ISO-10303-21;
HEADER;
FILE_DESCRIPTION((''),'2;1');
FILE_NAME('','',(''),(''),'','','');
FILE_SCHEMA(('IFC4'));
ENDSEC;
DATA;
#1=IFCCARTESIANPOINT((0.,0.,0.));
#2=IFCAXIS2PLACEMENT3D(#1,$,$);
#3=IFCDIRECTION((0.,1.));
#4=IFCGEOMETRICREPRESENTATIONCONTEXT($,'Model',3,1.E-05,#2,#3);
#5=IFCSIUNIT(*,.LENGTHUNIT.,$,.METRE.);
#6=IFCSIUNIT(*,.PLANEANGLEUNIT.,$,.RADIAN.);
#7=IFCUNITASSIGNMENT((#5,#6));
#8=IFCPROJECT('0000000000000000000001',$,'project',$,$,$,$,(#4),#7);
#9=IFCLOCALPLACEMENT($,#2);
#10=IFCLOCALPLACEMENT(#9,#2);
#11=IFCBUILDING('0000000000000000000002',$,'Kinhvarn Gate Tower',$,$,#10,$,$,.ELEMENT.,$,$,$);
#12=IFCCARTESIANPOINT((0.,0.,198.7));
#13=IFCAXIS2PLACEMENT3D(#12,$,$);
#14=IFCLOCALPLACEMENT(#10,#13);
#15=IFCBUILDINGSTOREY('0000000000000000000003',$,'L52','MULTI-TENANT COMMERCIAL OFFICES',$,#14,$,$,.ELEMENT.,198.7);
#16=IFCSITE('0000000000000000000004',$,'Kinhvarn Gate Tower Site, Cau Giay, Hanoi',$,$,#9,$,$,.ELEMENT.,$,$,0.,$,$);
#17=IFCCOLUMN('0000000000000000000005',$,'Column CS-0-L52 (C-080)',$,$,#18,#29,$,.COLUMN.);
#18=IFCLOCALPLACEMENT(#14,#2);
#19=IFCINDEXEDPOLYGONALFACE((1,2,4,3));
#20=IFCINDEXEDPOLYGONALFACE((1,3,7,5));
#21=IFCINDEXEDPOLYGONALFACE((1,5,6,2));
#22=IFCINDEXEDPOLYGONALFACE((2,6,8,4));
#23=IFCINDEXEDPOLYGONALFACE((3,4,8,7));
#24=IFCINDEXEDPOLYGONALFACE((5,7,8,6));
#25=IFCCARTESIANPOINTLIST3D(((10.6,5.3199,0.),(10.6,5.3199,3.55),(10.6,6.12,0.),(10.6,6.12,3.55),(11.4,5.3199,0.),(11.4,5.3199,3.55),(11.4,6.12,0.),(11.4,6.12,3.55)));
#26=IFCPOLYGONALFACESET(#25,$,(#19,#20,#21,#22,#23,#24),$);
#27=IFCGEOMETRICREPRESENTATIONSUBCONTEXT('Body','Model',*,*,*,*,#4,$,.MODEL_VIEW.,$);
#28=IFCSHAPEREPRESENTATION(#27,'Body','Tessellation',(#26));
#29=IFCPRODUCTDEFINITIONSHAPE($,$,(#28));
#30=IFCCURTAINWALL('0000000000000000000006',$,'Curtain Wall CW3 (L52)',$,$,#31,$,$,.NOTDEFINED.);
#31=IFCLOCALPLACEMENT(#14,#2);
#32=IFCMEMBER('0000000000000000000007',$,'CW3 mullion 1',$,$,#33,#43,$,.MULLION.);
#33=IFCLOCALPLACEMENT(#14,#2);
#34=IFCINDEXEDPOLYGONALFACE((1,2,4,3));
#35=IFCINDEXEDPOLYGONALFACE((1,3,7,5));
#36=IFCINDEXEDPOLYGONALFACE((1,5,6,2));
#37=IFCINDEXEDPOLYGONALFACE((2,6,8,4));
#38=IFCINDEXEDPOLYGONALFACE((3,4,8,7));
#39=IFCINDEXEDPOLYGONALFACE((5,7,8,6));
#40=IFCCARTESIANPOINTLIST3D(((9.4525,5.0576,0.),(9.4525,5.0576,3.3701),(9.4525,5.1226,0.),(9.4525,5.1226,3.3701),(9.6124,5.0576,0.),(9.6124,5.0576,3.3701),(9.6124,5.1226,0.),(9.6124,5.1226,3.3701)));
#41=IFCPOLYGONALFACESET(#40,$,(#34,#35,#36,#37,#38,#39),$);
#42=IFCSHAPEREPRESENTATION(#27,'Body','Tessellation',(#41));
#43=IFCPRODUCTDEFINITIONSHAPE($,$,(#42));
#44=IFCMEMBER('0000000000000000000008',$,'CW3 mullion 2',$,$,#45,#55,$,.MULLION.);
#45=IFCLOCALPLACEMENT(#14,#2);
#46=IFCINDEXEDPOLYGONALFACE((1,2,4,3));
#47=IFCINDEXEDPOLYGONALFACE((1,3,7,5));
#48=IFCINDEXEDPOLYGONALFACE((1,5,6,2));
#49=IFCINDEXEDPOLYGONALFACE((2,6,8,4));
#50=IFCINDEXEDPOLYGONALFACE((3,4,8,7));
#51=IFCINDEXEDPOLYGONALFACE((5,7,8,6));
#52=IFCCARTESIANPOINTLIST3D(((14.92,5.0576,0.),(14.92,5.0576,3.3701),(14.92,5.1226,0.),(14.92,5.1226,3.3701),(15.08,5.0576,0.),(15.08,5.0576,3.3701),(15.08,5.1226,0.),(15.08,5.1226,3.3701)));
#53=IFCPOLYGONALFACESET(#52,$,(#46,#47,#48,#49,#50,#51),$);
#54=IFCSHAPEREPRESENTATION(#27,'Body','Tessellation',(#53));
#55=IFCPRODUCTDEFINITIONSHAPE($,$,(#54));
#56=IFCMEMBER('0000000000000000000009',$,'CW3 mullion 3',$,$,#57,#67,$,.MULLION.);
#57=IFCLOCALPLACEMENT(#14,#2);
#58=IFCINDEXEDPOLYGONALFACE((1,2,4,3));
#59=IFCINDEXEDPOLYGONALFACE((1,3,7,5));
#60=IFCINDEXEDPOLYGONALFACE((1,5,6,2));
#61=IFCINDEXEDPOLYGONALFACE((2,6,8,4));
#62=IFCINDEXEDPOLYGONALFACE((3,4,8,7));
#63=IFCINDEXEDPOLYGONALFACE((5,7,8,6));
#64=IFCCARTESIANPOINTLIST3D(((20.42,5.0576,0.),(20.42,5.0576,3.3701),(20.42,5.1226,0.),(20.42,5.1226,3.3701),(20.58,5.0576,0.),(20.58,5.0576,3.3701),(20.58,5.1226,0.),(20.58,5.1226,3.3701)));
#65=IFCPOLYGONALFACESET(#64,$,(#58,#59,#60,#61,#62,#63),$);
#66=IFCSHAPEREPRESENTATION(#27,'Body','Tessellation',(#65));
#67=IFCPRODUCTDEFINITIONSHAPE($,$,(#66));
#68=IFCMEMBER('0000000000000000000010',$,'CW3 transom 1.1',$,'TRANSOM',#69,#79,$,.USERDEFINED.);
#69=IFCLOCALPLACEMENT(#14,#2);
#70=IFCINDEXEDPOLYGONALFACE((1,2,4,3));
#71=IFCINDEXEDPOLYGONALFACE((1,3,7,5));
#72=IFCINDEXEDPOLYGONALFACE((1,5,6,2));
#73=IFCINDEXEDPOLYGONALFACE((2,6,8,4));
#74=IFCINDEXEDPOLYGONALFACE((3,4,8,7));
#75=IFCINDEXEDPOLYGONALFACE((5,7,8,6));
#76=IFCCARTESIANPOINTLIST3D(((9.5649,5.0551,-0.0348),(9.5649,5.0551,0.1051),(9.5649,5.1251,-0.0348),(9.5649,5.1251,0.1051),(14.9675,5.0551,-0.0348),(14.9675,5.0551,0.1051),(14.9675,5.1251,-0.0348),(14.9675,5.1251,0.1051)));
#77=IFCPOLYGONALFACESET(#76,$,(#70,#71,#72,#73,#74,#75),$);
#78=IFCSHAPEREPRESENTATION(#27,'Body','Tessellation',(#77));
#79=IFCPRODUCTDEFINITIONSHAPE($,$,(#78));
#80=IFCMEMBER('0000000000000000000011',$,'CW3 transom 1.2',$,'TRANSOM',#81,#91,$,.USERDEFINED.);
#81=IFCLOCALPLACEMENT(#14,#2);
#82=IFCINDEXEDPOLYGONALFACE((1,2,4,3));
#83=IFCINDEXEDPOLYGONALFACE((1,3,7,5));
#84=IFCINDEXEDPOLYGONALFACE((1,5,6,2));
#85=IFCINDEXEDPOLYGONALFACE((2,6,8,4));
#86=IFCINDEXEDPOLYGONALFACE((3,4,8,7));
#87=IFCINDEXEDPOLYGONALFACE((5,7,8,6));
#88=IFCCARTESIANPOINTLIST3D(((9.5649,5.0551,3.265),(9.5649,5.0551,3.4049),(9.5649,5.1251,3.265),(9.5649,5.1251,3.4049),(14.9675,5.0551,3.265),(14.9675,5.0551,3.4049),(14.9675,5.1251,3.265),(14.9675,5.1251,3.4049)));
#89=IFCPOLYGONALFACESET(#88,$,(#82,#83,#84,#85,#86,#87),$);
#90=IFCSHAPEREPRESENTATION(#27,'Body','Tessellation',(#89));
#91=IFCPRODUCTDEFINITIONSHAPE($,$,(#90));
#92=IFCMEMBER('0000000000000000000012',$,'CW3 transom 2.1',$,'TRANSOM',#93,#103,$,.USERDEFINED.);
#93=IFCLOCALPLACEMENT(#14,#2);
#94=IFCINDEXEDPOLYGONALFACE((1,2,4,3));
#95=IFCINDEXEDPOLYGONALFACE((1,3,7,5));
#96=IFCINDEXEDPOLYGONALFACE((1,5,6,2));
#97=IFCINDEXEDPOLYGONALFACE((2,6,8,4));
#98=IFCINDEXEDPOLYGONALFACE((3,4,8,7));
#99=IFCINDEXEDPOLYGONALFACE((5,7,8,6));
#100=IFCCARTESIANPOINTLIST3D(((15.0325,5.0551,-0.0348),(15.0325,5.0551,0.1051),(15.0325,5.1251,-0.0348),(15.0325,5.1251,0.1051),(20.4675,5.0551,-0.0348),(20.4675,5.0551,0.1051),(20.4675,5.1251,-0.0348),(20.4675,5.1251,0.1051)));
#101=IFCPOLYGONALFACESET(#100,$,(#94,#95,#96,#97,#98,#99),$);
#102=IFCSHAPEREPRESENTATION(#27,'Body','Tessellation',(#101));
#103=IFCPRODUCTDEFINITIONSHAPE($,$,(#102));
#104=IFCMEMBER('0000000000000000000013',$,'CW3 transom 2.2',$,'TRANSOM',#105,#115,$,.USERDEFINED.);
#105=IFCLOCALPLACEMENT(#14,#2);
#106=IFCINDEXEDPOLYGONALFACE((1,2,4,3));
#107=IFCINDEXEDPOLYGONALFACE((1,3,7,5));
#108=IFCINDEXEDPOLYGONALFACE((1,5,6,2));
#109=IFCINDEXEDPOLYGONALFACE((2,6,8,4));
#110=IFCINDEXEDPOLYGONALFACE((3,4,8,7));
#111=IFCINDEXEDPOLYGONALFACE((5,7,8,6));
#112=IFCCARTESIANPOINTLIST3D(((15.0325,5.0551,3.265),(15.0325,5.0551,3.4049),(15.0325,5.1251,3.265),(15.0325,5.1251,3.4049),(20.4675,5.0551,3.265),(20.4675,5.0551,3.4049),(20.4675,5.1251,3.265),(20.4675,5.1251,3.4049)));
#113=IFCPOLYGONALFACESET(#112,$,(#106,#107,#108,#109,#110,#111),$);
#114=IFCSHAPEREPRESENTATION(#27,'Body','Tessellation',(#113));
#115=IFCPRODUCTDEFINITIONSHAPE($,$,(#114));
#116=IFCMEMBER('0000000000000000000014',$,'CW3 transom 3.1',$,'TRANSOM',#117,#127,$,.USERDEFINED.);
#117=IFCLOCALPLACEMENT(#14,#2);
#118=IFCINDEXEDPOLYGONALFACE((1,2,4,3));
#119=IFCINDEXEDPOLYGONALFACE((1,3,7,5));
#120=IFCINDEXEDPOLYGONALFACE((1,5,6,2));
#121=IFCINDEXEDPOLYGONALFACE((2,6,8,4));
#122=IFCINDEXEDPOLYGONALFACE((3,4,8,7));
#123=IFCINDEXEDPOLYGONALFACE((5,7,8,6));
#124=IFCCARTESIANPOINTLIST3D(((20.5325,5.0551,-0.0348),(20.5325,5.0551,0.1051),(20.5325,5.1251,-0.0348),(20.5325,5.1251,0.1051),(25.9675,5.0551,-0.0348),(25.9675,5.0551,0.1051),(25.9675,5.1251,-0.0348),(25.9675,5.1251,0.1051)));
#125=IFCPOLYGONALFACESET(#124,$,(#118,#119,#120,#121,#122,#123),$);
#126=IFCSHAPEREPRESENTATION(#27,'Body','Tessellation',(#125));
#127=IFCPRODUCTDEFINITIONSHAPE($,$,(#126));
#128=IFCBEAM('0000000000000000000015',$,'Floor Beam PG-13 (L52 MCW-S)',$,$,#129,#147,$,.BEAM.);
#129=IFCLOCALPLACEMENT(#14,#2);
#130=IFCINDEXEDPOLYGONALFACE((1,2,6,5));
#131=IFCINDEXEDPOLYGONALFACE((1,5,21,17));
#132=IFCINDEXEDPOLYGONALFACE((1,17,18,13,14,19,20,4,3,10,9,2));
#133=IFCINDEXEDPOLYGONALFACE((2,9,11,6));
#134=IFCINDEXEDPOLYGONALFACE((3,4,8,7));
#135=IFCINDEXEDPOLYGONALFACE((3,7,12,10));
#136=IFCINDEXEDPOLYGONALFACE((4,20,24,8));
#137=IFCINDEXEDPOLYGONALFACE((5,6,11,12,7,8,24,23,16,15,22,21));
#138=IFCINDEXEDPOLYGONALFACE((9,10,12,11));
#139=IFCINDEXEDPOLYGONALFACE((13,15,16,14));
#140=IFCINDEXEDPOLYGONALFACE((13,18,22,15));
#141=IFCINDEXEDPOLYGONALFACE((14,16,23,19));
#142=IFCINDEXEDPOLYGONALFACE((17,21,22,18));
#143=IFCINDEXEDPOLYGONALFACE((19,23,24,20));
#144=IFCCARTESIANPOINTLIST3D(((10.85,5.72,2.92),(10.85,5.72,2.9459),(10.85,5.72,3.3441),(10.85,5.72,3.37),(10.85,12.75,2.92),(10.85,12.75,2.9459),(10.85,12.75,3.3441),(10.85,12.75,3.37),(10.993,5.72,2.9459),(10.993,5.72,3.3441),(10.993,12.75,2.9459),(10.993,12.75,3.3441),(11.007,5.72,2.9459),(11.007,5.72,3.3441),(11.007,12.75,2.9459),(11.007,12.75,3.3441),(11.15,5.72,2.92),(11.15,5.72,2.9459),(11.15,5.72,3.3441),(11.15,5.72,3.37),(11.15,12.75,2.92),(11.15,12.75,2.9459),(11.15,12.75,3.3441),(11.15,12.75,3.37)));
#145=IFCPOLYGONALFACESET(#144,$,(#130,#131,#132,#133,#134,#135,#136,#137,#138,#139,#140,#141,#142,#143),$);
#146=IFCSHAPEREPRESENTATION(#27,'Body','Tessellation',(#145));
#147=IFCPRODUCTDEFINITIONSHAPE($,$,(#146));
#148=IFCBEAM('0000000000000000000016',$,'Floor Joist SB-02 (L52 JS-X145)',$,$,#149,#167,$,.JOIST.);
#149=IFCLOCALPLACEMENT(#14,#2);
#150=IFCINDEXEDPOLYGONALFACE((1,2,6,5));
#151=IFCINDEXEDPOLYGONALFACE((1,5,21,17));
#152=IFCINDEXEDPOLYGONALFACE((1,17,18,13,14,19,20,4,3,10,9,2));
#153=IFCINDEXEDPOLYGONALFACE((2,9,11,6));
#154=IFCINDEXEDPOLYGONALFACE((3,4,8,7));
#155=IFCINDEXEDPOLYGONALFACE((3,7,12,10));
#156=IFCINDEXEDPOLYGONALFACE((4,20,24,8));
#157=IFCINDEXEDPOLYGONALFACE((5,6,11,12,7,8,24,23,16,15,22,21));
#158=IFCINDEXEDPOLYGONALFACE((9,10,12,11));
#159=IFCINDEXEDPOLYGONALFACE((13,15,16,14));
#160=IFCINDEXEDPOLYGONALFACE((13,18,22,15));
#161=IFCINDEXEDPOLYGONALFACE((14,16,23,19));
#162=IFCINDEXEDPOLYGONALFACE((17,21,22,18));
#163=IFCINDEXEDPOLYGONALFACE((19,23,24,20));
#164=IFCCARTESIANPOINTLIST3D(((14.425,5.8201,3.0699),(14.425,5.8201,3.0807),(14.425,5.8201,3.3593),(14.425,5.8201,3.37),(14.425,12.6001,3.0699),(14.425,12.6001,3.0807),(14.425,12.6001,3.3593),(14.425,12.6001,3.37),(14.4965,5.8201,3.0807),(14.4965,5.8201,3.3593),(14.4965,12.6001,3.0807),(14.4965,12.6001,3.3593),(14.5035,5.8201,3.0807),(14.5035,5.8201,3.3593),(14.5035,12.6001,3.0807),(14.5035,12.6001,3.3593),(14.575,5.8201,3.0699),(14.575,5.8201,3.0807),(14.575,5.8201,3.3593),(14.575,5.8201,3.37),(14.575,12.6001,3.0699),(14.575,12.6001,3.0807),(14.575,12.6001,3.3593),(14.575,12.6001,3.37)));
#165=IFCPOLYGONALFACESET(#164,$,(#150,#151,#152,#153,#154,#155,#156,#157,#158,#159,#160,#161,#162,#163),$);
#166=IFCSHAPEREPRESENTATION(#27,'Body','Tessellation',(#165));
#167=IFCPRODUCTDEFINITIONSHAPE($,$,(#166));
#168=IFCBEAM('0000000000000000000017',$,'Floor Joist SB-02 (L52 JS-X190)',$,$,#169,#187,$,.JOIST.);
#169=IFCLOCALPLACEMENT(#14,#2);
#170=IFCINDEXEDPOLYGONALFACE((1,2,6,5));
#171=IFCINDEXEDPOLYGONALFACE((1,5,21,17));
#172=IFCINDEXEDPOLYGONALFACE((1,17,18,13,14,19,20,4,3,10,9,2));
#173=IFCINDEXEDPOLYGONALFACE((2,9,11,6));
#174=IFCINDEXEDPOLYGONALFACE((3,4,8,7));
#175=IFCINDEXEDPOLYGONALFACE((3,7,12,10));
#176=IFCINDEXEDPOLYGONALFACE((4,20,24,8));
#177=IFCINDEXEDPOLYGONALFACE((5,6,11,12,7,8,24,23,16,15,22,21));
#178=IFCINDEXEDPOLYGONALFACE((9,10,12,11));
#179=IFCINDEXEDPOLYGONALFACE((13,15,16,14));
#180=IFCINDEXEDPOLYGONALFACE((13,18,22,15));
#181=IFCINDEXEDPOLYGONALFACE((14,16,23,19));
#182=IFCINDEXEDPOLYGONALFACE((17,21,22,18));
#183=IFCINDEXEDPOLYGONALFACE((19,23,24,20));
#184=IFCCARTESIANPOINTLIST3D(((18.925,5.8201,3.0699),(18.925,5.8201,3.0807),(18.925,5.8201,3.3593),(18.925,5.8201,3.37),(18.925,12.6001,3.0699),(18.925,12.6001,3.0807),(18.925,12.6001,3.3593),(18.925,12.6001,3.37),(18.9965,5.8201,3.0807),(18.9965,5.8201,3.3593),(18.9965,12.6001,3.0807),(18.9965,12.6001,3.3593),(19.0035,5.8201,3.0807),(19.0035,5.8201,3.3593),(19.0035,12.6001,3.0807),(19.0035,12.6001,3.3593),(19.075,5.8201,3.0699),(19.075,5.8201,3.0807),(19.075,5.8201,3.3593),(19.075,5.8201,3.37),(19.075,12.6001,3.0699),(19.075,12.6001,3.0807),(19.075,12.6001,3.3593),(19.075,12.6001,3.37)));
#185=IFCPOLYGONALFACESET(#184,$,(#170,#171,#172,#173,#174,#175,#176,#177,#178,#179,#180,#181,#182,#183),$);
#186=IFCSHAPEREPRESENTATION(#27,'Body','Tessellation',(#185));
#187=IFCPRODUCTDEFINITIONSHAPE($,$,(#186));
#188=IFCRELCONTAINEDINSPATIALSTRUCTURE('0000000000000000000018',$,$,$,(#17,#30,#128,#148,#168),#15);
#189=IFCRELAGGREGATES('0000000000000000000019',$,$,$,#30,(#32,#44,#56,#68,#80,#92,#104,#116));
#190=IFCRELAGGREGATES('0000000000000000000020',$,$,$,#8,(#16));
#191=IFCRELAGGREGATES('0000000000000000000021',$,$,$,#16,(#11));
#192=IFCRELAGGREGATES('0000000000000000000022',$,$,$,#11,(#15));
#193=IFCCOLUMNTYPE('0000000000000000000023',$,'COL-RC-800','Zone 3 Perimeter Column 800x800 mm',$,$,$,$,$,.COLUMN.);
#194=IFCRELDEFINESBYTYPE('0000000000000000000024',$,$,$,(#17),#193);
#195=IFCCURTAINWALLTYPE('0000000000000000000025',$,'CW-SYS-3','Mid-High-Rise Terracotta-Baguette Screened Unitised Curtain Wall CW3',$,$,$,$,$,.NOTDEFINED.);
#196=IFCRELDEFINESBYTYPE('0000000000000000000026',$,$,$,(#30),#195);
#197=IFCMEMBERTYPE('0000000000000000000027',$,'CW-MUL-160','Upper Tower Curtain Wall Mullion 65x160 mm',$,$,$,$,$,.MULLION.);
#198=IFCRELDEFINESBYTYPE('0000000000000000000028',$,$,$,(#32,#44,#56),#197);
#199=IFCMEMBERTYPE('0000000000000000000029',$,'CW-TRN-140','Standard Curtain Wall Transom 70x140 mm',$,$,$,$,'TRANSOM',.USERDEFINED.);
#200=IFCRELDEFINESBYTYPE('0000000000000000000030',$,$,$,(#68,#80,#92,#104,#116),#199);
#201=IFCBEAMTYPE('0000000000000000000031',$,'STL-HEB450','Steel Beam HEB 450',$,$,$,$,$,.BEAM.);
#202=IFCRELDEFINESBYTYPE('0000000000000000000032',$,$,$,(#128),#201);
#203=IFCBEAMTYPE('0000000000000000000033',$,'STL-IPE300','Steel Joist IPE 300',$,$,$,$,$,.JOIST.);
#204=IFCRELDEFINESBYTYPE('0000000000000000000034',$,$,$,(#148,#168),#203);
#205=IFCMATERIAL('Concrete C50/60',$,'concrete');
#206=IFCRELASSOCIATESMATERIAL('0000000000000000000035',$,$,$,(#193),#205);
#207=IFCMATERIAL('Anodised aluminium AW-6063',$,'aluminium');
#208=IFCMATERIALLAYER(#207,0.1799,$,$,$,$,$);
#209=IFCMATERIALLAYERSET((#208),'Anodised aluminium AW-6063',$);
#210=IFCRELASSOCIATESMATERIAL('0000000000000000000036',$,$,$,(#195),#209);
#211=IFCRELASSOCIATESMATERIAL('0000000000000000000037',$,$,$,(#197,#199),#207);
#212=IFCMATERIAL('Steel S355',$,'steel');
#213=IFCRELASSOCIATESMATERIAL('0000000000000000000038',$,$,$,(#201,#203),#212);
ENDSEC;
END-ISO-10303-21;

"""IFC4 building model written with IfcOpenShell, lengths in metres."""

from ifc_helpers import new_model, si_unit, direction, frame, origin, origin_2d, place, context, subcontext, project, spatial, rectangle, i_section, extrude, material, layer, layer_set, material_profile, profile_set, type_object, element, aggregate, save


model = new_model("IFC4")

# Units and contexts
model_context = context("Model", 3, precision=1e-05, world=origin(), true_north=direction((0.0, 1.0)))
body_context = subcontext(model_context, "Body", "Model", "MODEL_VIEW")
ifc_project = project(units=[si_unit("LENGTHUNIT", "METRE"), si_unit("PLANEANGLEUNIT", "RADIAN")], contexts=[model_context])

# Site, building, storey
site_placement = place(None, origin())
site = spatial("IfcSite", under=ifc_project, at=site_placement, Name="Kinhvarn Gate Tower Site, Cau Giay, Hanoi", CompositionType="ELEMENT", RefElevation=0.0)
building_placement = place(site_placement, origin())
building = spatial("IfcBuilding", under=site, at=building_placement, Name="Kinhvarn Gate Tower", CompositionType="ELEMENT")
storey_placement = place(building_placement, frame((0.0, 0.0, 198.7)))
storey = spatial("IfcBuildingStorey", under=building, at=storey_placement, Name="L52", Description="MULTI-TENANT COMMERCIAL OFFICES", CompositionType="ELEMENT", Elevation=198.7)

# Column
ifc_material_1 = material(Name="Concrete C50/60", Category="concrete")
ifc_material_profile_1 = material_profile(ifc_material_1, rectangle(XDim=0.8, YDim=0.8, at=origin_2d()), Name="RC 800x800")
ifc_profile_set_1 = profile_set([ifc_material_profile_1], Name="Concrete C50/60")
column_type = type_object("IfcColumnType", Name="COL-RC-800", Description="Zone 3 Perimeter Column 800x800 mm", PredefinedType="COLUMN", material=ifc_profile_set_1)
column_placement = place(storey_placement, frame((11.0, 5.72, 0.0), z_axis=(0.0, 0.0, 1.0), x_axis=(1.0, 0.0, 0.0)))
element("IfcColumn", 1, at=column_placement, inside=storey, type_object=column_type, Name="Column CS-0-L52 (C-080)", PredefinedType="COLUMN", context=body_context, shape_type="SweptSolid", body=[
    extrude(rectangle(XDim=0.8, YDim=0.8, at=origin_2d()), origin(), (0.0, 0.0, 1.0), 3.55),
])

# Curtain wall, members
ifc_material_2 = material(Name="Anodised aluminium AW-6063", Category="aluminium")
ifc_layer_1 = layer(ifc_material_2, 0.1799)
ifc_layer_set_1 = layer_set([ifc_layer_1], Name="Anodised aluminium AW-6063")
curtain_wall_type = type_object("IfcCurtainWallType", Name="CW-SYS-3", Description="Mid-High-Rise Terracotta-Baguette Screened Unitised Curtain Wall CW3", PredefinedType="NOTDEFINED", material=ifc_layer_set_1)
curtain_wall_placement = place(storey_placement, origin())
curtain_wall = element("IfcCurtainWall", 2, at=curtain_wall_placement, inside=storey, type_object=curtain_wall_type, Name="Curtain Wall CW3 (L52)", PredefinedType="NOTDEFINED")
ifc_material_profile_2 = material_profile(ifc_material_2, rectangle(XDim=0.0649, YDim=0.1599, at=origin_2d()), Name="ALU 65x160")
ifc_profile_set_2 = profile_set([ifc_material_profile_2], Name="Anodised aluminium AW-6063")
member_type_1 = type_object("IfcMemberType", Name="CW-MUL-160", Description="Upper Tower Curtain Wall Mullion 65x160 mm", PredefinedType="MULLION", material=ifc_profile_set_2)
member_1_placement = place(storey_placement, frame((9.5325, 5.0901, 0.0), z_axis=(0.0, 0.0, 1.0), x_axis=(0.0, 1.0, 0.0)))
member_1 = element("IfcMember", 3, at=member_1_placement, type_object=member_type_1, Name="CW3 mullion 1", PredefinedType="MULLION", context=body_context, shape_type="SweptSolid", body=[
    extrude(rectangle(XDim=0.0649, YDim=0.1599, at=origin_2d()), origin(), (0.0, 0.0, 1.0), 3.3701),
])
member_2_placement = place(storey_placement, frame((15.0, 5.0901, 0.0), z_axis=(0.0, 0.0, 1.0), x_axis=(0.0, 1.0, 0.0)))
member_2 = element("IfcMember", 4, at=member_2_placement, type_object=member_type_1, Name="CW3 mullion 2", PredefinedType="MULLION", context=body_context, shape_type="SweptSolid", body=[
    extrude(rectangle(XDim=0.0649, YDim=0.1599, at=origin_2d()), origin(), (0.0, 0.0, 1.0), 3.3701),
])
member_3_placement = place(storey_placement, frame((20.5, 5.0901, 0.0), z_axis=(0.0, 0.0, 1.0), x_axis=(0.0, 1.0, 0.0)))
member_3 = element("IfcMember", 5, at=member_3_placement, type_object=member_type_1, Name="CW3 mullion 3", PredefinedType="MULLION", context=body_context, shape_type="SweptSolid", body=[
    extrude(rectangle(XDim=0.0649, YDim=0.1599, at=origin_2d()), origin(), (0.0, 0.0, 1.0), 3.3701),
])
ifc_material_profile_3 = material_profile(ifc_material_2, rectangle(XDim=0.0701, YDim=0.1399, at=origin_2d()), Name="ALU 70x140")
ifc_profile_set_3 = profile_set([ifc_material_profile_3], Name="Anodised aluminium AW-6063")
member_type_2 = type_object("IfcMemberType", Name="CW-TRN-140", Description="Standard Curtain Wall Transom 70x140 mm", ElementType="TRANSOM", PredefinedType="USERDEFINED", material=ifc_profile_set_3)
member_4_placement = place(storey_placement, frame((9.5649, 5.0901, 0.0352), z_axis=(1.0, 0.0, 0.0), x_axis=(0.0, 1.0, 0.0)))
member_4 = element("IfcMember", 6, at=member_4_placement, type_object=member_type_2, Name="CW3 transom 1.1", ObjectType="TRANSOM", PredefinedType="USERDEFINED", context=body_context, shape_type="SweptSolid", body=[
    extrude(rectangle(XDim=0.0701, YDim=0.1399, at=origin_2d()), origin(), (0.0, 0.0, 1.0), 5.4026),
])
member_5_placement = place(storey_placement, frame((9.5649, 5.0901, 3.335), z_axis=(1.0, 0.0, 0.0), x_axis=(0.0, 1.0, 0.0)))
member_5 = element("IfcMember", 7, at=member_5_placement, type_object=member_type_2, Name="CW3 transom 1.2", ObjectType="TRANSOM", PredefinedType="USERDEFINED", context=body_context, shape_type="SweptSolid", body=[
    extrude(rectangle(XDim=0.0701, YDim=0.1399, at=origin_2d()), origin(), (0.0, 0.0, 1.0), 5.4026),
])
member_6_placement = place(storey_placement, frame((15.0325, 5.0901, 0.0352), z_axis=(1.0, 0.0, 0.0), x_axis=(0.0, 1.0, 0.0)))
member_6 = element("IfcMember", 8, at=member_6_placement, type_object=member_type_2, Name="CW3 transom 2.1", ObjectType="TRANSOM", PredefinedType="USERDEFINED", context=body_context, shape_type="SweptSolid", body=[
    extrude(rectangle(XDim=0.0701, YDim=0.1399, at=origin_2d()), origin(), (0.0, 0.0, 1.0), 5.4351),
])
member_7_placement = place(storey_placement, frame((15.0325, 5.0901, 3.335), z_axis=(1.0, 0.0, 0.0), x_axis=(0.0, 1.0, 0.0)))
member_7 = element("IfcMember", 9, at=member_7_placement, type_object=member_type_2, Name="CW3 transom 2.2", ObjectType="TRANSOM", PredefinedType="USERDEFINED", context=body_context, shape_type="SweptSolid", body=[
    extrude(rectangle(XDim=0.0701, YDim=0.1399, at=origin_2d()), origin(), (0.0, 0.0, 1.0), 5.4351),
])
member_8_placement = place(storey_placement, frame((20.5325, 5.0901, 0.0352), z_axis=(1.0, 0.0, 0.0), x_axis=(0.0, 1.0, 0.0)))
member_8 = element("IfcMember", 10, at=member_8_placement, type_object=member_type_2, Name="CW3 transom 3.1", ObjectType="TRANSOM", PredefinedType="USERDEFINED", context=body_context, shape_type="SweptSolid", body=[
    extrude(rectangle(XDim=0.0701, YDim=0.1399, at=origin_2d()), origin(), (0.0, 0.0, 1.0), 5.4351),
])

# Beams
ifc_material_3 = material(Name="Steel S355", Category="steel")
ifc_material_profile_4 = material_profile(ifc_material_3, i_section(OverallWidth=0.3, OverallDepth=0.45, WebThickness=0.0139, FlangeThickness=0.0259, at=origin_2d()), Name="HEB 450")
ifc_profile_set_4 = profile_set([ifc_material_profile_4], Name="Steel S355")
beam_type_1 = type_object("IfcBeamType", Name="STL-HEB450", Description="Steel Beam HEB 450", PredefinedType="BEAM", material=ifc_profile_set_4)
beam_1_placement = place(storey_placement, frame((11.0, 5.72, 3.145), z_axis=(0.0, 1.0, 0.0), x_axis=(-1.0, 0.0, 0.0)))
element("IfcBeam", 11, at=beam_1_placement, inside=storey, type_object=beam_type_1, Name="Floor Beam PG-13 (L52 MCW-S)", PredefinedType="BEAM", context=body_context, shape_type="SweptSolid", body=[
    extrude(i_section(OverallWidth=0.3, OverallDepth=0.45, WebThickness=0.0139, FlangeThickness=0.0259, at=origin_2d()), origin(), (0.0, 0.0, 1.0), 7.03),
])
ifc_material_profile_5 = material_profile(ifc_material_3, i_section(OverallWidth=0.1499, OverallDepth=0.3, WebThickness=0.0071, FlangeThickness=0.0107, at=origin_2d()), Name="IPE 300")
ifc_profile_set_5 = profile_set([ifc_material_profile_5], Name="Steel S355")
beam_type_2 = type_object("IfcBeamType", Name="STL-IPE300", Description="Steel Joist IPE 300", PredefinedType="JOIST", material=ifc_profile_set_5)
for number, where, z_axis, x_axis, name in (
    (12, (14.5, 5.8201, 3.22), (0.0, 1.0, 0.0), (-1.0, 0.0, 0.0), "Floor Joist SB-02 (L52 JS-X145)"),
    (13, (19.0, 5.8201, 3.22), (0.0, 1.0, 0.0), (-1.0, 0.0, 0.0), "Floor Joist SB-02 (L52 JS-X190)"),
):
    element("IfcBeam", number, at=place(storey_placement, frame(where, z_axis=z_axis, x_axis=x_axis)), inside=storey, type_object=beam_type_2, Name=name, PredefinedType="JOIST", context=body_context, shape_type="SweptSolid", body=[
        extrude(i_section(OverallWidth=0.1499, OverallDepth=0.3, WebThickness=0.0071, FlangeThickness=0.0107, at=origin_2d()), origin(), (0.0, 0.0, 1.0), 6.78),
    ])

aggregate(curtain_wall, [member_1, member_2, member_3, member_4, member_5, member_6, member_7, member_8])

save(model, "model.ifc")
